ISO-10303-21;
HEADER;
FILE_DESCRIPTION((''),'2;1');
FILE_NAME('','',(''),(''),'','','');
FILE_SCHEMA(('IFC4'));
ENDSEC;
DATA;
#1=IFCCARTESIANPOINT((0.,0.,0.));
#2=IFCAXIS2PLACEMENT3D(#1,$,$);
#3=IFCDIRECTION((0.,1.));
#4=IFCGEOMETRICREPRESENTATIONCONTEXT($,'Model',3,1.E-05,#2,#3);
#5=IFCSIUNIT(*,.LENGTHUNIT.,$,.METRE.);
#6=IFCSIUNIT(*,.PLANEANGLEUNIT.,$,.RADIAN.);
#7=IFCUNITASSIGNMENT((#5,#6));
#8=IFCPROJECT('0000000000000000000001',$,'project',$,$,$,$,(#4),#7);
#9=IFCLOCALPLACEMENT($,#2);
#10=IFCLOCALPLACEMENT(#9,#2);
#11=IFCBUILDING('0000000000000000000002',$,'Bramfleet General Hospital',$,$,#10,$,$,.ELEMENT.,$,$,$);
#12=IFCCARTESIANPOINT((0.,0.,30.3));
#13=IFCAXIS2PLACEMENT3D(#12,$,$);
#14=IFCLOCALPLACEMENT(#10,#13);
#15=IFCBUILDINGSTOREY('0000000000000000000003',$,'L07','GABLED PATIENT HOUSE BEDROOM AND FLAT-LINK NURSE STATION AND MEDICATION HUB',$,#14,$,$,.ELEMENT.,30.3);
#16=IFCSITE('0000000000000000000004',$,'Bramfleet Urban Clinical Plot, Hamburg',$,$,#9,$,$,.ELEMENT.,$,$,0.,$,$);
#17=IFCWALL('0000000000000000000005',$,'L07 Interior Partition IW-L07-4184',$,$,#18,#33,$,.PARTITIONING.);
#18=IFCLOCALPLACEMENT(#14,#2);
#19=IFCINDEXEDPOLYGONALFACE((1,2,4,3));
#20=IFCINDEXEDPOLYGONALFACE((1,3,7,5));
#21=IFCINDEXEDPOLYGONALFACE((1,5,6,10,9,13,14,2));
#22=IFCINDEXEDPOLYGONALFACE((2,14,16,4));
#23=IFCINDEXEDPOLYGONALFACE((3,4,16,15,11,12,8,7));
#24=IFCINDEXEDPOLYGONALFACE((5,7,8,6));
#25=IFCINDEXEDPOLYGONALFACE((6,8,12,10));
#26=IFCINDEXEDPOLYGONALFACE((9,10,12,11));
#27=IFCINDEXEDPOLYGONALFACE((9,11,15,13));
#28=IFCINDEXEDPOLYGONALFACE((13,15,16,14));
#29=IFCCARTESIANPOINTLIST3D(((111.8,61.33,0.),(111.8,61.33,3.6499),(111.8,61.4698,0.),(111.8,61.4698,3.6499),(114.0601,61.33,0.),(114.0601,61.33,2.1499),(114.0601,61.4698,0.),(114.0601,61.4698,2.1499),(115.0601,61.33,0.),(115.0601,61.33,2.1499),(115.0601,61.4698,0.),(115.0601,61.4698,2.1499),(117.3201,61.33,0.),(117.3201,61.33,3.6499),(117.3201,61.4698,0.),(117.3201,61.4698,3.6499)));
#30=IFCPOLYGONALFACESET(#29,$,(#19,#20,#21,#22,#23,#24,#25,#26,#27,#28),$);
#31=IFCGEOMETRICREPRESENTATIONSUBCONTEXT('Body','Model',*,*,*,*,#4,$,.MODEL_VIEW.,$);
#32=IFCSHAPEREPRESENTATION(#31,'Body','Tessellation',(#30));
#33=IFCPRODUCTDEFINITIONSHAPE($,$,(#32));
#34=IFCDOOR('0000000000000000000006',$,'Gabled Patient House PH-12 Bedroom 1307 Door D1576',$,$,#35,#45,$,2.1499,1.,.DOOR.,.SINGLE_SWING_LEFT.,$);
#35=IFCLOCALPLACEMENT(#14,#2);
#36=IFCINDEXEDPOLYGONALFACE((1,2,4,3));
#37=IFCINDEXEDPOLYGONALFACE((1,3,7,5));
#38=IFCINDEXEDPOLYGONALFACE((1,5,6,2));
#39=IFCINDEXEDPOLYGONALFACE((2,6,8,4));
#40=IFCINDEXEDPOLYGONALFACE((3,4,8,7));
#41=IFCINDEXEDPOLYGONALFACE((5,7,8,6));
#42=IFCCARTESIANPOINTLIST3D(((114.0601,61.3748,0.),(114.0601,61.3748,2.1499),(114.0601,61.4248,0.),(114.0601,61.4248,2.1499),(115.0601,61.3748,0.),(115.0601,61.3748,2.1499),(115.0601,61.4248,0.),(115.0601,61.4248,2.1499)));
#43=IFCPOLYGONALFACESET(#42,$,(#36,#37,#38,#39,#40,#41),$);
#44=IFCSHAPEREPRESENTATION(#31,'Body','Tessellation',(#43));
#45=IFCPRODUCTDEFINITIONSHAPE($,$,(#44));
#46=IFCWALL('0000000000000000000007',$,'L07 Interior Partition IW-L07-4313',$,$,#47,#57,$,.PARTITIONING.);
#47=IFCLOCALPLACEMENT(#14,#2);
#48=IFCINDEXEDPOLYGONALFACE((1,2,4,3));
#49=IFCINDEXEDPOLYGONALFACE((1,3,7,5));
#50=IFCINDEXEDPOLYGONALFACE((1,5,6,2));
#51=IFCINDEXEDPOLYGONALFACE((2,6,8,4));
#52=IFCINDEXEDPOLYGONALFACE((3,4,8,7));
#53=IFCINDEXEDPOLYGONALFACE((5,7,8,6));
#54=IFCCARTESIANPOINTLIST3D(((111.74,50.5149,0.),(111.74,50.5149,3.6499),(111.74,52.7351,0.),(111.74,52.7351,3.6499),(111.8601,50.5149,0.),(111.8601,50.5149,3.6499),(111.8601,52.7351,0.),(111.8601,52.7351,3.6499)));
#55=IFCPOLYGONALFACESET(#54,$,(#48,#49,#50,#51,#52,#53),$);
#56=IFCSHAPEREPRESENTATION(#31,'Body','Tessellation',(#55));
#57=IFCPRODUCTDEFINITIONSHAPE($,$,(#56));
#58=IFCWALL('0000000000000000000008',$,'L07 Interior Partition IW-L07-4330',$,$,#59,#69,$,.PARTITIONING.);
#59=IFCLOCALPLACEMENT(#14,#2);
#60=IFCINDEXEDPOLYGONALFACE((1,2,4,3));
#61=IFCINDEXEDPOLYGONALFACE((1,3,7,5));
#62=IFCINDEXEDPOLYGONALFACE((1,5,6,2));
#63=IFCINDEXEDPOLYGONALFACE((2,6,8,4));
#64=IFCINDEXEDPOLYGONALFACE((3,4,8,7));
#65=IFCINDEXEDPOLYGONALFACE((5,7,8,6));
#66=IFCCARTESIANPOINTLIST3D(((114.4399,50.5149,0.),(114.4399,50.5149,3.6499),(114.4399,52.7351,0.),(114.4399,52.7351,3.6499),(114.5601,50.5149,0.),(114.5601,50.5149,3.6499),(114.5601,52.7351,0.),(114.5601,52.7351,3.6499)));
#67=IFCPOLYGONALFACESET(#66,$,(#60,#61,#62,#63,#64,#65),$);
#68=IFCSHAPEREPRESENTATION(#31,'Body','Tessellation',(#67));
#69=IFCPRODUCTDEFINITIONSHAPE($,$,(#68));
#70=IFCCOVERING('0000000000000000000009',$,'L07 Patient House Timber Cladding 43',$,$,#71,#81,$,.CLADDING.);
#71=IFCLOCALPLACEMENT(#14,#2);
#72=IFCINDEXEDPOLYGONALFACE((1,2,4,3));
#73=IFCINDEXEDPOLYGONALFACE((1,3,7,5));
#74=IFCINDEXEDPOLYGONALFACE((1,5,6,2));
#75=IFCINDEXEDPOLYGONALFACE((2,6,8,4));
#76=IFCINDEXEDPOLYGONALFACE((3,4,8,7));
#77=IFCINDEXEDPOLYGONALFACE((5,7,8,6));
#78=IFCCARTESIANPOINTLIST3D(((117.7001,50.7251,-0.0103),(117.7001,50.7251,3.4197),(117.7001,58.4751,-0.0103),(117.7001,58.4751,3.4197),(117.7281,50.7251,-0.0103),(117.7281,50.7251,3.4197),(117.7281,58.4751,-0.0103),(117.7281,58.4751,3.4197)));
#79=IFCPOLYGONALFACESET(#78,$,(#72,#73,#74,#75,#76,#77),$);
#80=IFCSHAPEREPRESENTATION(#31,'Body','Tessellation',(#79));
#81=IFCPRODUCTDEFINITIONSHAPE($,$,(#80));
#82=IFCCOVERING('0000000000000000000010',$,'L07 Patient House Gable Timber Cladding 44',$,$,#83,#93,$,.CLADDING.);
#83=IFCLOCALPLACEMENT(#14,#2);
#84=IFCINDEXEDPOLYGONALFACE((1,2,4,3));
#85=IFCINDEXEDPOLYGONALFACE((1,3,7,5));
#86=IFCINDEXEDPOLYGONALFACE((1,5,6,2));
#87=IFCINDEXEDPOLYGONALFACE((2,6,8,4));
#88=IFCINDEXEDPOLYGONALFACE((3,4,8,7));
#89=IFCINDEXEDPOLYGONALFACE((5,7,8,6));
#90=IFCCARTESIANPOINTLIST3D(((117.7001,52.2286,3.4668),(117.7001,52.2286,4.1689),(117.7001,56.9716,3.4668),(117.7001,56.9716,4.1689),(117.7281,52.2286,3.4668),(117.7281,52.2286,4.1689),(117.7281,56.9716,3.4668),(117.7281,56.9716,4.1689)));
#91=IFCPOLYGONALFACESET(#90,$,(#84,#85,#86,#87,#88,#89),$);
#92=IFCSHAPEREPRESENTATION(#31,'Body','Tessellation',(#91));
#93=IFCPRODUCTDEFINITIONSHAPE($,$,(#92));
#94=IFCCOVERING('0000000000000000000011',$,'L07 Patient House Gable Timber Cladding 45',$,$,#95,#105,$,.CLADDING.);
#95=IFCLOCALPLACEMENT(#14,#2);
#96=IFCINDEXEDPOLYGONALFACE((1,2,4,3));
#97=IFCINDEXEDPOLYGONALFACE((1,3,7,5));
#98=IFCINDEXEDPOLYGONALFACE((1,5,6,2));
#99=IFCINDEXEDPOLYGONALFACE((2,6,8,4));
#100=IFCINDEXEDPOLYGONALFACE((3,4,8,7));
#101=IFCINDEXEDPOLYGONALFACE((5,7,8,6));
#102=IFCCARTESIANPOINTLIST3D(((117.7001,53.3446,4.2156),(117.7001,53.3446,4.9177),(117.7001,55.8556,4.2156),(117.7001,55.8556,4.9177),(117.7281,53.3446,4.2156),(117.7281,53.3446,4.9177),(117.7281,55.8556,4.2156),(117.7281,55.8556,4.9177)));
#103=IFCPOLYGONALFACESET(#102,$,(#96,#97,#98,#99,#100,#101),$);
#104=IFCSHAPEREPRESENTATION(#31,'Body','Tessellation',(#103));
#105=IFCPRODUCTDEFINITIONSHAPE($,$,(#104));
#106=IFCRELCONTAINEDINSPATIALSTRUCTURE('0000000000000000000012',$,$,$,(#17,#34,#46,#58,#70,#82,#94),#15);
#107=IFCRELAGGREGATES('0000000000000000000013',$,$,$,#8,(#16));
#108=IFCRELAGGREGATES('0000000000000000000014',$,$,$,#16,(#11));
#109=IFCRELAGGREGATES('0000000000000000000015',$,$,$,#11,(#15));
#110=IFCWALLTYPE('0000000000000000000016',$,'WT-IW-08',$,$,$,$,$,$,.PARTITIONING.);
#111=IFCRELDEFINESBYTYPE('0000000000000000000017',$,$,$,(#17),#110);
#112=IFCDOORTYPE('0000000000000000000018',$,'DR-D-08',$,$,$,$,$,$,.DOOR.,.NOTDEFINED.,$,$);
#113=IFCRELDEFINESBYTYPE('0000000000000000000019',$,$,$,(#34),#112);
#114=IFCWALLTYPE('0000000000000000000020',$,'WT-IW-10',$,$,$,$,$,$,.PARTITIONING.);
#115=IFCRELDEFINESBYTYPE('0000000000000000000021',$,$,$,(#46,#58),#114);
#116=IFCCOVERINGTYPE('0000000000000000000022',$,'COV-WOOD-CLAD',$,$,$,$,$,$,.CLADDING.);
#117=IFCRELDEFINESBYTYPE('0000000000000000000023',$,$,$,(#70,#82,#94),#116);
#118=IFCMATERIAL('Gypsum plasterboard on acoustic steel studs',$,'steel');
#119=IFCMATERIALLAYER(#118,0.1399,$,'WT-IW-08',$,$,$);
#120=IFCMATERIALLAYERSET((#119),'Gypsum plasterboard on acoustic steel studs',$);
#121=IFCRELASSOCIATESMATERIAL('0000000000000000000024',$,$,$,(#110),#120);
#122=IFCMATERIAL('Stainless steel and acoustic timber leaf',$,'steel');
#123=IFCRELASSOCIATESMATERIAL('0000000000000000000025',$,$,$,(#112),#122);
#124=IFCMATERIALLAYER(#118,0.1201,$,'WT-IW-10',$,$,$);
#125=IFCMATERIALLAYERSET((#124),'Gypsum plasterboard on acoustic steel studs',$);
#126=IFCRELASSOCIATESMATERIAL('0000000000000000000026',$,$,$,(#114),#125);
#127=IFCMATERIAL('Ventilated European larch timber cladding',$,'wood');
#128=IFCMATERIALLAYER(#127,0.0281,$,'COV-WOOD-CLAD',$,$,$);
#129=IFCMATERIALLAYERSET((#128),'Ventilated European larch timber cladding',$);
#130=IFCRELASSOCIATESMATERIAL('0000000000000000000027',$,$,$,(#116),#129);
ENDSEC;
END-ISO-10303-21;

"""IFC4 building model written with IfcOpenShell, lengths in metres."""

from ifc_helpers import new_model, si_unit, direction, frame, frame_2d, origin, origin_2d, place, context, subcontext, project, spatial, rectangle, extrude, material, layer, layer_set, type_object, element, fill, save


model = new_model("IFC4")

# Units and contexts
model_context = context("Model", 3, precision=1e-05, world=origin(), true_north=direction((0.0, 1.0)))
body_context = subcontext(model_context, "Body", "Model", "MODEL_VIEW")
ifc_project = project(units=[si_unit("LENGTHUNIT", "METRE"), si_unit("PLANEANGLEUNIT", "RADIAN")], contexts=[model_context])

# Site, building, storey
site_placement = place(None, origin())
site = spatial("IfcSite", under=ifc_project, at=site_placement, Name="Bramfleet Urban Clinical Plot, Hamburg", CompositionType="ELEMENT", RefElevation=0.0)
building_placement = place(site_placement, origin())
building = spatial("IfcBuilding", under=site, at=building_placement, Name="Bramfleet General Hospital", CompositionType="ELEMENT")
storey_placement = place(building_placement, frame((0.0, 0.0, 30.3)))
storey = spatial("IfcBuildingStorey", under=building, at=storey_placement, Name="L07", Description="GABLED PATIENT HOUSE BEDROOM AND FLAT-LINK NURSE STATION AND MEDICATION HUB", CompositionType="ELEMENT", Elevation=30.3)

# Shared definitions
ifc_material_1 = material(Name="Stainless steel and acoustic timber leaf", Category="steel")

# Shared definitions
ifc_material_2 = material(Name="Gypsum plasterboard on acoustic steel studs", Category="steel")

# Wall, opening, door
ifc_layer_1 = layer(ifc_material_2, 0.1399, Name="WT-IW-08")
ifc_layer_set_1 = layer_set([ifc_layer_1], Name="Gypsum plasterboard on acoustic steel studs")
wall_type_1 = type_object("IfcWallType", Name="WT-IW-08", PredefinedType="PARTITIONING", material=ifc_layer_set_1)
wall_1_placement = place(storey_placement, frame((111.8, 61.3999, 0.0), z_axis=(0.0, 0.0, 1.0), x_axis=(1.0, 0.0, 0.0)))
wall_1 = element("IfcWall", 1, at=wall_1_placement, inside=storey, type_object=wall_type_1, Name="L07 Interior Partition IW-L07-4184", PredefinedType="PARTITIONING", context=body_context, shape_type="SweptSolid", body=[
    extrude(rectangle(XDim=5.52, YDim=0.1399, at=frame_2d((2.76, 0.0))), origin(), (0.0, 0.0, 1.0), 3.6499),
])
opening_1_placement = place(wall_1_placement, frame((2.26, 0.0, 0.0)))
opening_1 = element("IfcOpeningElement", 2, at=opening_1_placement, cuts=wall_1, PredefinedType="OPENING", context=body_context, shape_type="SweptSolid", body=[
    extrude(rectangle(XDim=1.0, YDim=2.1499, at=frame_2d((0.5, 1.075))), frame((0.0, 0.0798, 0.0), z_axis=(0.0, -1.0, 0.0), x_axis=(1.0, 0.0, 0.0)), (0.0, 0.0, 1.0), 0.1599),
])
door_type_1 = type_object("IfcDoorType", Name="DR-D-08", OperationType="NOTDEFINED", PredefinedType="DOOR", material=ifc_material_1)
door_1_placement = place(opening_1_placement, origin())
door_1 = element("IfcDoor", 3, at=door_1_placement, inside=storey, type_object=door_type_1, Name="Gabled Patient House PH-12 Bedroom 1307 Door D1576", OperationType="SINGLE_SWING_LEFT", OverallHeight=2.1499, OverallWidth=1.0, PredefinedType="DOOR", context=body_context, shape_type="SweptSolid", body=[
    extrude(rectangle(XDim=1.0, YDim=2.1499, at=frame_2d((0.5, 1.075))), frame((0.0, 0.0249, 0.0), z_axis=(0.0, -1.0, 0.0), x_axis=(1.0, 0.0, 0.0)), (0.0, 0.0, 1.0), 0.05),
])
fill(opening_1, door_1)

# Walls
ifc_layer_2 = layer(ifc_material_2, 0.1201, Name="WT-IW-10")
ifc_layer_set_2 = layer_set([ifc_layer_2], Name="Gypsum plasterboard on acoustic steel studs")
wall_type_2 = type_object("IfcWallType", Name="WT-IW-10", PredefinedType="PARTITIONING", material=ifc_layer_set_2)
for number, where, z_axis, x_axis, name in (
    (4, (111.8, 50.5149, 0.0), (0.0, 0.0, 1.0), (0.0, 1.0, 0.0), "L07 Interior Partition IW-L07-4313"),
    (5, (114.5, 50.5149, 0.0), (0.0, 0.0, 1.0), (0.0, 1.0, 0.0), "L07 Interior Partition IW-L07-4330"),
):
    element("IfcWall", number, at=place(storey_placement, frame(where, z_axis=z_axis, x_axis=x_axis)), inside=storey, type_object=wall_type_2, Name=name, PredefinedType="PARTITIONING", context=body_context, shape_type="SweptSolid", body=[
        extrude(rectangle(XDim=2.2202, YDim=0.1201, at=frame_2d((1.1101, 0.0))), origin(), (0.0, 0.0, 1.0), 3.6499),
    ])

# Coverings
ifc_material_3 = material(Name="Ventilated European larch timber cladding", Category="wood")
ifc_layer_3 = layer(ifc_material_3, 0.0281, Name="COV-WOOD-CLAD")
ifc_layer_set_3 = layer_set([ifc_layer_3], Name="Ventilated European larch timber cladding")
covering_type = type_object("IfcCoveringType", Name="COV-WOOD-CLAD", PredefinedType="CLADDING", material=ifc_layer_set_3)
covering_1_placement = place(storey_placement, frame((117.7141, 54.6001, -0.0103), z_axis=(0.0, 0.0, 1.0), x_axis=(0.0, -1.0, 0.0)))
element("IfcCovering", 6, at=covering_1_placement, inside=storey, type_object=covering_type, Name="L07 Patient House Timber Cladding 43", PredefinedType="CLADDING", context=body_context, shape_type="SweptSolid", body=[
    extrude(rectangle(XDim=7.75, YDim=0.0281, at=origin_2d()), origin(), (0.0, 0.0, 1.0), 3.4299),
])
covering_2_placement = place(storey_placement, frame((117.7141, 54.6001, 3.4668), z_axis=(0.0, 0.0, 1.0), x_axis=(0.0, -1.0, 0.0)))
element("IfcCovering", 7, at=covering_2_placement, inside=storey, type_object=covering_type, Name="L07 Patient House Gable Timber Cladding 44", PredefinedType="CLADDING", context=body_context, shape_type="SweptSolid", body=[
    extrude(rectangle(XDim=4.7429, YDim=0.0281, at=origin_2d()), origin(), (0.0, 0.0, 1.0), 0.7021),
])
covering_3_placement = place(storey_placement, frame((117.7141, 54.6001, 4.2156), z_axis=(0.0, 0.0, 1.0), x_axis=(0.0, -1.0, 0.0)))
element("IfcCovering", 8, at=covering_3_placement, inside=storey, type_object=covering_type, Name="L07 Patient House Gable Timber Cladding 45", PredefinedType="CLADDING", context=body_context, shape_type="SweptSolid", body=[
    extrude(rectangle(XDim=2.511, YDim=0.0281, at=origin_2d()), origin(), (0.0, 0.0, 1.0), 0.7021),
])

save(model, "model.ifc")
